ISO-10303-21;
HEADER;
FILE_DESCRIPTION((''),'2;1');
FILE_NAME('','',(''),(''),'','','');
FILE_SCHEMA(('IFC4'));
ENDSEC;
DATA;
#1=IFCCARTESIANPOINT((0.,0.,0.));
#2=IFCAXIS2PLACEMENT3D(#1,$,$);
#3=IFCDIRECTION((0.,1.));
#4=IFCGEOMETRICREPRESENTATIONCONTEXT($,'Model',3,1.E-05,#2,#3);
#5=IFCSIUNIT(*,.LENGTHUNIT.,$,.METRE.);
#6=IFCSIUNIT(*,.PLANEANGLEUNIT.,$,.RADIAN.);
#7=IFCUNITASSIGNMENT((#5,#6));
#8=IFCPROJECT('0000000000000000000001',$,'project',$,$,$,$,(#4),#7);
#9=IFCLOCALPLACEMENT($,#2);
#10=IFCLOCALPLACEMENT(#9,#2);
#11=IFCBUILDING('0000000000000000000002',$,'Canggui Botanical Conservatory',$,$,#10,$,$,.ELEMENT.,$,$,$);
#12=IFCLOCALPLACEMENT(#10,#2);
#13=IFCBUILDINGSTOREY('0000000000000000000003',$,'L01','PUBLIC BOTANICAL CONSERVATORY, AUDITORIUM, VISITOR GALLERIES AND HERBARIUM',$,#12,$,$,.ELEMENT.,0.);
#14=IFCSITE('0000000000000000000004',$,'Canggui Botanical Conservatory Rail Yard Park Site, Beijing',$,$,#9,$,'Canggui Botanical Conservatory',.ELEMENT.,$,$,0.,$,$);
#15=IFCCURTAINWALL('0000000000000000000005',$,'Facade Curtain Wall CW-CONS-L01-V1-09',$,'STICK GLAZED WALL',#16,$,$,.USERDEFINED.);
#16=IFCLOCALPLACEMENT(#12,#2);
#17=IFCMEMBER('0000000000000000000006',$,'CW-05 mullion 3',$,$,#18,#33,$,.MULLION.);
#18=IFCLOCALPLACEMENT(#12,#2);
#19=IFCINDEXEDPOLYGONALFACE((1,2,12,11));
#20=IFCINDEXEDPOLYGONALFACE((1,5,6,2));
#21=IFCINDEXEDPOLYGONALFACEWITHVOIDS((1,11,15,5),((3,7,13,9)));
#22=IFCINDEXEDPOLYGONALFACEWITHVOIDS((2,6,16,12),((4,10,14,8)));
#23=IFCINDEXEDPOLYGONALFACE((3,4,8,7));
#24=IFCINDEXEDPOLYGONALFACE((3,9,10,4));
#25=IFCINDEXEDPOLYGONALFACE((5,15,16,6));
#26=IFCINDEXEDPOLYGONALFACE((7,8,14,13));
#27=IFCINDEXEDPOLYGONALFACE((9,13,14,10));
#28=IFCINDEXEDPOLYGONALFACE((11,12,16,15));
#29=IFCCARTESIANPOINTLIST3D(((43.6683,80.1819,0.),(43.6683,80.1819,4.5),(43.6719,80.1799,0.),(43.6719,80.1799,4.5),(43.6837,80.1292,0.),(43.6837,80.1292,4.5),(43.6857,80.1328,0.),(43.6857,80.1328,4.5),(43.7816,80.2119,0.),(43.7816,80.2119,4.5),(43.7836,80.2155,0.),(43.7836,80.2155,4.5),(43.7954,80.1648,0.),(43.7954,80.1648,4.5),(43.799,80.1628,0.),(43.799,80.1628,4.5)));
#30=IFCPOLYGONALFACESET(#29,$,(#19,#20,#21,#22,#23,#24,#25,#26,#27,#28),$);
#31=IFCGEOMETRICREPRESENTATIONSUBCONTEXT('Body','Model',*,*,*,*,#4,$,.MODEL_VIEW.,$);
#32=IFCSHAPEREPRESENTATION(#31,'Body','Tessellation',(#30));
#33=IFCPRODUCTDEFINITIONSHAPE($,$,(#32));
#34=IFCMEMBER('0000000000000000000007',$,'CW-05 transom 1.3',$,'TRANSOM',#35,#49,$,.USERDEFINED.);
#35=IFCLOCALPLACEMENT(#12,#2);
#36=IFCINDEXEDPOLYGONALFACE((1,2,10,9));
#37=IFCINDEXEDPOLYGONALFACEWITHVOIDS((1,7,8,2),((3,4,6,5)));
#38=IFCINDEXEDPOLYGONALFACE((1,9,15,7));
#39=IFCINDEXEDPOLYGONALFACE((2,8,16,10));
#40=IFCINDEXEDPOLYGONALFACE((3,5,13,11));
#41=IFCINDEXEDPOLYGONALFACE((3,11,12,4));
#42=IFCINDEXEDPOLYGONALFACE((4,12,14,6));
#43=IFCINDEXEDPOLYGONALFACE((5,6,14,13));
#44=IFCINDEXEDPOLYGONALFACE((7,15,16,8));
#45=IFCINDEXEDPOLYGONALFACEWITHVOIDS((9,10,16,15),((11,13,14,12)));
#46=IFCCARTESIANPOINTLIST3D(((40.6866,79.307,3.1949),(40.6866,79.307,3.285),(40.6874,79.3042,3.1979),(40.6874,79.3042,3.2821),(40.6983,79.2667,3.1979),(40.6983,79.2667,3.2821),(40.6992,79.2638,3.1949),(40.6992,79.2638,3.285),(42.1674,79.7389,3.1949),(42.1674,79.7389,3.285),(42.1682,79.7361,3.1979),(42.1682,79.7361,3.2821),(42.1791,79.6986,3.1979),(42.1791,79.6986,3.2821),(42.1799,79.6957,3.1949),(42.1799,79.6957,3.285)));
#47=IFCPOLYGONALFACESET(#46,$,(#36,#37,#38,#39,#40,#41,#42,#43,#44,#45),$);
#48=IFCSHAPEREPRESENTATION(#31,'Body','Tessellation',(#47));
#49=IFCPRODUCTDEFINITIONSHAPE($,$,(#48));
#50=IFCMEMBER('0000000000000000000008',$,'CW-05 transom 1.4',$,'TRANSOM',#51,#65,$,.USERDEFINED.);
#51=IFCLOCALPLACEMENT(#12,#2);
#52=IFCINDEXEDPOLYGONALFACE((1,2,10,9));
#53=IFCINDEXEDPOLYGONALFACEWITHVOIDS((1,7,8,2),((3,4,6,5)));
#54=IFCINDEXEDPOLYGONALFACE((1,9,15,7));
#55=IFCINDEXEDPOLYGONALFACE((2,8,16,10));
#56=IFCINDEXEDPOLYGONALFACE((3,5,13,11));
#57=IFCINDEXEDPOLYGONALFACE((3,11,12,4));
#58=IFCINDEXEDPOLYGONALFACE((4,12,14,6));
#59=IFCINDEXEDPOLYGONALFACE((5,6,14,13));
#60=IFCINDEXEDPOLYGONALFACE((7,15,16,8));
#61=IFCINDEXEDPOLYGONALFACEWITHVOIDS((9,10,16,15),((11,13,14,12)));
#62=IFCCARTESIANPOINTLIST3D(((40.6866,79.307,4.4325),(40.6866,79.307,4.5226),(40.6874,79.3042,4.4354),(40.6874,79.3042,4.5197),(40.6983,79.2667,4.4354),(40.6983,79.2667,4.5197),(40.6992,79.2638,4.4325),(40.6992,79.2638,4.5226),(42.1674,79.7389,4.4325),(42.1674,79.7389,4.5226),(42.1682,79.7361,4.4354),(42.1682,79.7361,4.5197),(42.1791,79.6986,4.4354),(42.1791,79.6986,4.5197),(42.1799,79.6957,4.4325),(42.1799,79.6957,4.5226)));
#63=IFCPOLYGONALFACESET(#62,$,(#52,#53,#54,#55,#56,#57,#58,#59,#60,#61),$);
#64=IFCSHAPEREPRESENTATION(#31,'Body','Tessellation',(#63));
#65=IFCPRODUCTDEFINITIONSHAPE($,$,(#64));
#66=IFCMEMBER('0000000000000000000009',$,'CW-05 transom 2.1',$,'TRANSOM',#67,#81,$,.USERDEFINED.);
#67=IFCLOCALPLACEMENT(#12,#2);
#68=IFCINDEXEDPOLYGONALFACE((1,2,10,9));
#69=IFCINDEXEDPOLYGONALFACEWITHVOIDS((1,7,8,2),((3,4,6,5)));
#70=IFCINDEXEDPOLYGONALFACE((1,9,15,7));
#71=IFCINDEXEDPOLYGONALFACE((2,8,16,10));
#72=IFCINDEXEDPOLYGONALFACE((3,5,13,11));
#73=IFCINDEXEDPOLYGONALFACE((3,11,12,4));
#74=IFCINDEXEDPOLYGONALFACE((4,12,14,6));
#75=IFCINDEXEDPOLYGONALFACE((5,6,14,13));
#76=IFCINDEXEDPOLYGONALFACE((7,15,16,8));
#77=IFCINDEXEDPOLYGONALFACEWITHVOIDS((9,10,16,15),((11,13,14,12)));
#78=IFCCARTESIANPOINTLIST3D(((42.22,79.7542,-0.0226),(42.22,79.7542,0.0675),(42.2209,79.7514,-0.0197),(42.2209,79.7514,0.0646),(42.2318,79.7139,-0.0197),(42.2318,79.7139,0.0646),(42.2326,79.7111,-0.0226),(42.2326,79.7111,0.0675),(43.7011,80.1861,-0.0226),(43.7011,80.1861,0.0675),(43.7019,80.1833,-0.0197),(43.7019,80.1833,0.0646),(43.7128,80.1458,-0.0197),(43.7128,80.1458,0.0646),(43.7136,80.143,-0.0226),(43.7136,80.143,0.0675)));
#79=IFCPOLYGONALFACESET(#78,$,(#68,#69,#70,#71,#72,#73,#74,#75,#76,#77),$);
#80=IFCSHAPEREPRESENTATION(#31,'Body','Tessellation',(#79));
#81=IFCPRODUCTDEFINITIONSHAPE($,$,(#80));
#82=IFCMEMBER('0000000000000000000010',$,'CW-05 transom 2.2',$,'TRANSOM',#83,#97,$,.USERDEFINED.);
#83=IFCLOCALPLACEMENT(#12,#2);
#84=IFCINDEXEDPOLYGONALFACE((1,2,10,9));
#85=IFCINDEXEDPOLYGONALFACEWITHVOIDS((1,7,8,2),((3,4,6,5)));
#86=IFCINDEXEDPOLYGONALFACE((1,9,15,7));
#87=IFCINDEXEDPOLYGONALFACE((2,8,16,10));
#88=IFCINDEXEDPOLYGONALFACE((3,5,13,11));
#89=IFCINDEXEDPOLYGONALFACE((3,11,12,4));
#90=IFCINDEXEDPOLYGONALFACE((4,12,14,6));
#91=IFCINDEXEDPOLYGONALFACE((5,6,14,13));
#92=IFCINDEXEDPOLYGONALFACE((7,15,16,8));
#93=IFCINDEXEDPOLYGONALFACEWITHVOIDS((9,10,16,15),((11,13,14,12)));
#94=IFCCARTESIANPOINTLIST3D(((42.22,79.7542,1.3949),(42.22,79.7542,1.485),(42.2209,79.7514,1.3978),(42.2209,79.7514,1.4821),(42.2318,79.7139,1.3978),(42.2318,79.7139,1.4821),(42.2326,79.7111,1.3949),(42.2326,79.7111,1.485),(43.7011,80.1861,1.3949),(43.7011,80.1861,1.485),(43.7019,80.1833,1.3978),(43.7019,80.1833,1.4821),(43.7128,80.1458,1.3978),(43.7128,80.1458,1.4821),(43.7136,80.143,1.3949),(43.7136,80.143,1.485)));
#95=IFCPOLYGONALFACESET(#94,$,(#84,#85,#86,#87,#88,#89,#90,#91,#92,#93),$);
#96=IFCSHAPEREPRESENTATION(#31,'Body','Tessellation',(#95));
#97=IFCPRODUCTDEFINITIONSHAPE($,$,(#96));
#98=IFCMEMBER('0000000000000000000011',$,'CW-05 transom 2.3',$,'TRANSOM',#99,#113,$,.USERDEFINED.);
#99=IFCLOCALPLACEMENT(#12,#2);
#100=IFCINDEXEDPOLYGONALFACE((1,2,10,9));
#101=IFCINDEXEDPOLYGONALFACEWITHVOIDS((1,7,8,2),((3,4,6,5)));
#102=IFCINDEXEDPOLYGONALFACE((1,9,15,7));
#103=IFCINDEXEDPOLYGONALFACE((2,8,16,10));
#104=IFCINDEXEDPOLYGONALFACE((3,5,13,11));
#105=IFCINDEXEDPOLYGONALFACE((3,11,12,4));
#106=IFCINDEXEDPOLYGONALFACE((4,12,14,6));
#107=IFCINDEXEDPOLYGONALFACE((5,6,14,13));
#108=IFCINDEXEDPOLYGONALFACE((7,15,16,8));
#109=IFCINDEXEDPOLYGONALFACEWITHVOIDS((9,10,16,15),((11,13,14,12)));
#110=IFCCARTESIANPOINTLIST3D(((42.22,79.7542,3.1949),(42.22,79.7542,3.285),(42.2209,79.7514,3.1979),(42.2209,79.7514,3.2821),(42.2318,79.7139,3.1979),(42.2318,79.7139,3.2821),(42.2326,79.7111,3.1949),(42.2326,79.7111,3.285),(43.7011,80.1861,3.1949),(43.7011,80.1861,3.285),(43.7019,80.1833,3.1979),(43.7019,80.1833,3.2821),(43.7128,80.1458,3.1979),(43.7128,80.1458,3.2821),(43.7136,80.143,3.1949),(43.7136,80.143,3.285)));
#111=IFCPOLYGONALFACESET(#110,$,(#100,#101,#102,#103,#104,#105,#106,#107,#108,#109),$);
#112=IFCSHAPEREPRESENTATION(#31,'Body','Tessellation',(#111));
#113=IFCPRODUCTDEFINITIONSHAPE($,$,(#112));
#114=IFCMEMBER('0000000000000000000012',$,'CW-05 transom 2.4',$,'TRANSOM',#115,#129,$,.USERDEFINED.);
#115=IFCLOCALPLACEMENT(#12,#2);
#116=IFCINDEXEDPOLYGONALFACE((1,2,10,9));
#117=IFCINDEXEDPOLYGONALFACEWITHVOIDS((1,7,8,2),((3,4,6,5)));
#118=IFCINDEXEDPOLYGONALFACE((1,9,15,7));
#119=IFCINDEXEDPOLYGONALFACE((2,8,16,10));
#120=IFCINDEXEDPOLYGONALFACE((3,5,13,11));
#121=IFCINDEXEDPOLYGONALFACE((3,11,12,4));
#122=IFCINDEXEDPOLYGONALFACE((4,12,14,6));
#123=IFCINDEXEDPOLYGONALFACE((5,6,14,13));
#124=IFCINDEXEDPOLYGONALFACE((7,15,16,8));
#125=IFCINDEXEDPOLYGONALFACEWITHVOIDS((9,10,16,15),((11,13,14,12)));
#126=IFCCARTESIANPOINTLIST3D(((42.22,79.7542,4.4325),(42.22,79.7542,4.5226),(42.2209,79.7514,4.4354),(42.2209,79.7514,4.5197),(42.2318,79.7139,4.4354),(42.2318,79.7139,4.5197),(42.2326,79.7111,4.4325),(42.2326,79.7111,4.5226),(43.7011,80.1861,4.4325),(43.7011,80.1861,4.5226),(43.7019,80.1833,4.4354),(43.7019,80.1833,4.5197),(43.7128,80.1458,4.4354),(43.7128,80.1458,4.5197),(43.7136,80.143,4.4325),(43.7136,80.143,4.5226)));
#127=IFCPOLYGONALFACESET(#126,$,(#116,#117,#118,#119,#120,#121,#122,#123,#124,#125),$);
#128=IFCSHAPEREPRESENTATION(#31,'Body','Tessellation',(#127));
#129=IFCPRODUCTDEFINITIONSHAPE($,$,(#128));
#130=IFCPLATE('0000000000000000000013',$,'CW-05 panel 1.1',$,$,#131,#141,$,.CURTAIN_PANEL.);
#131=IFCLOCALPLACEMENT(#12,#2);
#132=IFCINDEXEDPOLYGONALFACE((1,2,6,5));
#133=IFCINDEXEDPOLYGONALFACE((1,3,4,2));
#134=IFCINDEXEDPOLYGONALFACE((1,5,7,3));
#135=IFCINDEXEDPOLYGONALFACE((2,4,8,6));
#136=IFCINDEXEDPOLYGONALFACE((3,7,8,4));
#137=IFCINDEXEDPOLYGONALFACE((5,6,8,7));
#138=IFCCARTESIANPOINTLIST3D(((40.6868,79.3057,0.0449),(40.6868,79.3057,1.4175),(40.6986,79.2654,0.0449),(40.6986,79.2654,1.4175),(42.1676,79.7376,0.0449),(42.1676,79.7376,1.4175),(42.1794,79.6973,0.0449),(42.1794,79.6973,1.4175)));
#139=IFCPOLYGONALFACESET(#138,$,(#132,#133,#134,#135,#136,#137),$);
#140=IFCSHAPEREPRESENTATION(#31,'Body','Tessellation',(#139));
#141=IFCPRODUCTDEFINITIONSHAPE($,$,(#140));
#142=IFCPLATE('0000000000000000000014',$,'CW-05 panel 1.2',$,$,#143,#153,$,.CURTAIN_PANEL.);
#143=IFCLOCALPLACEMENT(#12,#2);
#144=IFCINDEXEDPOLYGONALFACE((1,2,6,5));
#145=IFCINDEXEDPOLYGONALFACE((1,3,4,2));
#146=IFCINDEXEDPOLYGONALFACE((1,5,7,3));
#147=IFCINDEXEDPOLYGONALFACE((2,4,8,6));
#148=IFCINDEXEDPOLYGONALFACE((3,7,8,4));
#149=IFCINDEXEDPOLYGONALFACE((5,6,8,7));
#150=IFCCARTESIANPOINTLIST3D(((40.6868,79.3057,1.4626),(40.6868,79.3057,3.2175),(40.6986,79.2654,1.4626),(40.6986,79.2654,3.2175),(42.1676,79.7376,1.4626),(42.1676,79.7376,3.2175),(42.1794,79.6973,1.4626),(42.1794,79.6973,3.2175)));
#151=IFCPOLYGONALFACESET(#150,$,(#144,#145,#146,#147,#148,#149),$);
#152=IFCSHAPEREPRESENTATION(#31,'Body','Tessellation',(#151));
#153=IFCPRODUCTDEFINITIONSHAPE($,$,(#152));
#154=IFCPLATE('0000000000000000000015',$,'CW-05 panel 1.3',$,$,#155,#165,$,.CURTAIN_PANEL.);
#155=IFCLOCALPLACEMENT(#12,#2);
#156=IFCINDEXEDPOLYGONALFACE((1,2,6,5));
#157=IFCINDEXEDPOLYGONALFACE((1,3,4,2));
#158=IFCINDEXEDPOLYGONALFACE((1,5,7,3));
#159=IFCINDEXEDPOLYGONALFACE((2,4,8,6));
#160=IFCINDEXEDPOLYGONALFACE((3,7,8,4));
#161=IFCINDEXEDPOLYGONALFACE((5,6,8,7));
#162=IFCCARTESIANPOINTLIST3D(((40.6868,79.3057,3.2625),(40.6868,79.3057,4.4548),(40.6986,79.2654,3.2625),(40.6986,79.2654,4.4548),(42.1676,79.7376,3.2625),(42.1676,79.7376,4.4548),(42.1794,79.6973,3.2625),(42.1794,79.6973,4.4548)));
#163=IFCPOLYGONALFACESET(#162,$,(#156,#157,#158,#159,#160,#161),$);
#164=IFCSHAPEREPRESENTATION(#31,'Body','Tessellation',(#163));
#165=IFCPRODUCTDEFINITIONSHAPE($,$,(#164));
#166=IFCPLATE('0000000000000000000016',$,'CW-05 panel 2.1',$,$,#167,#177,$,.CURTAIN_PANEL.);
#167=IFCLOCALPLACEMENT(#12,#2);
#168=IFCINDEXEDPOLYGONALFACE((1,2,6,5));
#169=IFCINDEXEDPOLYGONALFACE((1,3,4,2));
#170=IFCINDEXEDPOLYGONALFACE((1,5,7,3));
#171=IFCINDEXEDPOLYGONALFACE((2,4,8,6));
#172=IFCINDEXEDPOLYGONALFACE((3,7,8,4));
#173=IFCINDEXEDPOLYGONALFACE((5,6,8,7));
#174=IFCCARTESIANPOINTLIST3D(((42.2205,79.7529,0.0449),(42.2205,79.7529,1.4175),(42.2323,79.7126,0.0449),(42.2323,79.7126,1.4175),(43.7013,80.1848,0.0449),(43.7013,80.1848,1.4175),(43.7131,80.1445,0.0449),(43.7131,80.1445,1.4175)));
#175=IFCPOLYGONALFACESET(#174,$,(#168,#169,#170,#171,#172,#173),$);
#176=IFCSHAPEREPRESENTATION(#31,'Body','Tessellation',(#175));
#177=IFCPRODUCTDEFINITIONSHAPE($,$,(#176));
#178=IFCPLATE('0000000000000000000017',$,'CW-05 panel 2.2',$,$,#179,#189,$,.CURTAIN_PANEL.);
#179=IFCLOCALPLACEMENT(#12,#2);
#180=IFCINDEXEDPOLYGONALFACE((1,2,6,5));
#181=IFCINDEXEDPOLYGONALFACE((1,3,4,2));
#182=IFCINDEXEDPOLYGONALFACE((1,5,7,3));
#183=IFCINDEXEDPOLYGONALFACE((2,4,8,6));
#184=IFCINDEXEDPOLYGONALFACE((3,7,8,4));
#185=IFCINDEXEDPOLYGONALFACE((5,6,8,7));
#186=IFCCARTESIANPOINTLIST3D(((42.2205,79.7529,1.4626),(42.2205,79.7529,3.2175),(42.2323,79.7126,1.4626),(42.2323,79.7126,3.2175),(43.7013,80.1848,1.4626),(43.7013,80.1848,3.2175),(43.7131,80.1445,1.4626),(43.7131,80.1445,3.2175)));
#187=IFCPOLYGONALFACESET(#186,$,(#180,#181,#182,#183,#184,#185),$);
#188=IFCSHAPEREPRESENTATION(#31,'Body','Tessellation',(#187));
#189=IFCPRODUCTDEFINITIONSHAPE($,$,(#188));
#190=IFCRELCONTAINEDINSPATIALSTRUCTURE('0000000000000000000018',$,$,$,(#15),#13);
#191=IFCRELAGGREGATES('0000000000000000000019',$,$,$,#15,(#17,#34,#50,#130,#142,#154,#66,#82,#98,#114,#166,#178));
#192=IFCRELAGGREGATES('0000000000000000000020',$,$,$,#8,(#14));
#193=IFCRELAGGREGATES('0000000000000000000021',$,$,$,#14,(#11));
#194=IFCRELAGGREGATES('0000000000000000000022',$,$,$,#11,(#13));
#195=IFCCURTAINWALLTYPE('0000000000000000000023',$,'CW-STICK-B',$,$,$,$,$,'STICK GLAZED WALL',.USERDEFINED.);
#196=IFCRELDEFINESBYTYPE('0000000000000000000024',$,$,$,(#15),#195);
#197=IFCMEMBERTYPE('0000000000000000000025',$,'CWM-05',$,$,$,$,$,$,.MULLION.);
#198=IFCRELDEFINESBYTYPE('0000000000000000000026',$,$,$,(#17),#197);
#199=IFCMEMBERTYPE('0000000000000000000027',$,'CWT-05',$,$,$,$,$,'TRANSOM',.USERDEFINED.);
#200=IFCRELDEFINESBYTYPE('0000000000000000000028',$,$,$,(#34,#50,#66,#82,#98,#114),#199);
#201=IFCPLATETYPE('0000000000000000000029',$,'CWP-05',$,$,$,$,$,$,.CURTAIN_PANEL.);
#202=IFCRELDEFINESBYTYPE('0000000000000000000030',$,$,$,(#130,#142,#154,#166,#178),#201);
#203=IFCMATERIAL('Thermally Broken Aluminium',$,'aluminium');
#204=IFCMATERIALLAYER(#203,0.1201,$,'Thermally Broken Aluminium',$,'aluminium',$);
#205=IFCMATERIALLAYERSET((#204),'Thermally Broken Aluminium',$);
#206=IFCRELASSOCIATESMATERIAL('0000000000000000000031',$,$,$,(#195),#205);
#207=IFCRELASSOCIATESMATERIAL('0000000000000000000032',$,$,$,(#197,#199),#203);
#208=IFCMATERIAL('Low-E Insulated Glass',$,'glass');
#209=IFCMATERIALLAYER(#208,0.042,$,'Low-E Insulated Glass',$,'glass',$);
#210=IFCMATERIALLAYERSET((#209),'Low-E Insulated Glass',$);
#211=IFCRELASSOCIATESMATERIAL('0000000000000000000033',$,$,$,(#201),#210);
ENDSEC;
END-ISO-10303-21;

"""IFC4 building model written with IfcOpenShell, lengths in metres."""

from ifc_helpers import new_model, si_unit, direction, frame, origin, origin_2d, place, context, subcontext, project, spatial, rectangle, hollow_rectangle, extrude, material, layer, layer_set, material_profile, profile_set, type_object, element, aggregate, save


model = new_model("IFC4")

# Units and contexts
model_context = context("Model", 3, precision=1e-05, world=origin(), true_north=direction((0.0, 1.0)))
body_context = subcontext(model_context, "Body", "Model", "MODEL_VIEW")
ifc_project = project(units=[si_unit("LENGTHUNIT", "METRE"), si_unit("PLANEANGLEUNIT", "RADIAN")], contexts=[model_context])

# Site, building, storey
site_placement = place(None, origin())
site = spatial("IfcSite", under=ifc_project, at=site_placement, Name="Canggui Botanical Conservatory Rail Yard Park Site, Beijing", LongName="Canggui Botanical Conservatory", CompositionType="ELEMENT", RefElevation=0.0)
building_placement = place(site_placement, origin())
building = spatial("IfcBuilding", under=site, at=building_placement, Name="Canggui Botanical Conservatory", CompositionType="ELEMENT")
storey_placement = place(building_placement, origin())
storey = spatial("IfcBuildingStorey", under=building, at=storey_placement, Name="L01", Description="PUBLIC BOTANICAL CONSERVATORY, AUDITORIUM, VISITOR GALLERIES AND HERBARIUM", CompositionType="ELEMENT", Elevation=0.0)

# Curtain wall, members, plates
ifc_material_1 = material(Name="Thermally Broken Aluminium", Category="aluminium")
ifc_layer_1 = layer(ifc_material_1, 0.1201, Name="Thermally Broken Aluminium", Category="aluminium")
ifc_layer_set_1 = layer_set([ifc_layer_1], Name="Thermally Broken Aluminium")
curtain_wall_type = type_object("IfcCurtainWallType", Name="CW-STICK-B", ElementType="STICK GLAZED WALL", PredefinedType="USERDEFINED", material=ifc_layer_set_1)
curtain_wall_placement = place(storey_placement, origin())
curtain_wall = element("IfcCurtainWall", 1, at=curtain_wall_placement, inside=storey, type_object=curtain_wall_type, Name="Facade Curtain Wall CW-CONS-L01-V1-09", ObjectType="STICK GLAZED WALL", PredefinedType="USERDEFINED")
ifc_material_profile_1 = material_profile(ifc_material_1, hollow_rectangle(XDim=0.0549, YDim=0.1201, WallThickness=0.0029, at=origin_2d()), Name="CWM 55x120x3")
ifc_profile_set_1 = profile_set([ifc_material_profile_1], Name="Thermally Broken Aluminium")
member_type_1 = type_object("IfcMemberType", Name="CWM-05", PredefinedType="MULLION", material=ifc_profile_set_1)
member_1_placement = place(storey_placement, frame((43.7336, 80.1724, 0.0), z_axis=(0.0, 0.0, 1.0), x_axis=(-0.28, 0.96, 0.0)))
member_1 = element("IfcMember", 2, at=member_1_placement, type_object=member_type_1, Name="CW-05 mullion 3", PredefinedType="MULLION", context=body_context, shape_type="SweptSolid", body=[
    extrude(hollow_rectangle(XDim=0.0549, YDim=0.1201, WallThickness=0.0029, at=origin_2d()), origin(), (0.0, 0.0, 1.0), 4.5),
])
ifc_material_profile_2 = material_profile(ifc_material_1, hollow_rectangle(XDim=0.0449, YDim=0.0901, WallThickness=0.0029, at=origin_2d()), Name="CWT 45x90x3")
ifc_profile_set_2 = profile_set([ifc_material_profile_2], Name="Thermally Broken Aluminium")
member_type_2 = type_object("IfcMemberType", Name="CWT-05", ElementType="TRANSOM", PredefinedType="USERDEFINED", material=ifc_profile_set_2)
member_2_placement = place(storey_placement, frame((40.6929, 79.2854, 3.24), z_axis=(0.959998, 0.280006, 0.0), x_axis=(-0.280006, 0.959998, 0.0)))
member_2 = element("IfcMember", 3, at=member_2_placement, type_object=member_type_2, Name="CW-05 transom 1.3", ObjectType="TRANSOM", PredefinedType="USERDEFINED", context=body_context, shape_type="SweptSolid", body=[
    extrude(hollow_rectangle(XDim=0.0449, YDim=0.0901, WallThickness=0.0029, at=origin_2d()), origin(), (0.0, 0.0, 1.0), 1.5425),
])
member_3_placement = place(storey_placement, frame((40.6929, 79.2854, 4.4775), z_axis=(0.959998, 0.280006, 0.0), x_axis=(-0.280006, 0.959998, 0.0)))
member_3 = element("IfcMember", 4, at=member_3_placement, type_object=member_type_2, Name="CW-05 transom 1.4", ObjectType="TRANSOM", PredefinedType="USERDEFINED", context=body_context, shape_type="SweptSolid", body=[
    extrude(hollow_rectangle(XDim=0.0449, YDim=0.0901, WallThickness=0.0029, at=origin_2d()), origin(), (0.0, 0.0, 1.0), 1.5425),
])
member_4_placement = place(storey_placement, frame((42.2263, 79.7327, 0.0225), z_axis=(0.960011, 0.279964, 0.0), x_axis=(-0.279964, 0.960011, 0.0)))
member_4 = element("IfcMember", 5, at=member_4_placement, type_object=member_type_2, Name="CW-05 transom 2.1", ObjectType="TRANSOM", PredefinedType="USERDEFINED", context=body_context, shape_type="SweptSolid", body=[
    extrude(hollow_rectangle(XDim=0.0449, YDim=0.0901, WallThickness=0.0029, at=origin_2d()), origin(), (0.0, 0.0, 1.0), 1.5427),
])
member_5_placement = place(storey_placement, frame((42.2263, 79.7327, 1.4399), z_axis=(0.960011, 0.279964, 0.0), x_axis=(-0.279964, 0.960011, 0.0)))
member_5 = element("IfcMember", 6, at=member_5_placement, type_object=member_type_2, Name="CW-05 transom 2.2", ObjectType="TRANSOM", PredefinedType="USERDEFINED", context=body_context, shape_type="SweptSolid", body=[
    extrude(hollow_rectangle(XDim=0.0449, YDim=0.0901, WallThickness=0.0029, at=origin_2d()), origin(), (0.0, 0.0, 1.0), 1.5427),
])
member_6_placement = place(storey_placement, frame((42.2263, 79.7327, 3.24), z_axis=(0.960011, 0.279964, 0.0), x_axis=(-0.279964, 0.960011, 0.0)))
member_6 = element("IfcMember", 7, at=member_6_placement, type_object=member_type_2, Name="CW-05 transom 2.3", ObjectType="TRANSOM", PredefinedType="USERDEFINED", context=body_context, shape_type="SweptSolid", body=[
    extrude(hollow_rectangle(XDim=0.0449, YDim=0.0901, WallThickness=0.0029, at=origin_2d()), origin(), (0.0, 0.0, 1.0), 1.5427),
])
member_7_placement = place(storey_placement, frame((42.2263, 79.7327, 4.4775), z_axis=(0.960011, 0.279964, 0.0), x_axis=(-0.279964, 0.960011, 0.0)))
member_7 = element("IfcMember", 8, at=member_7_placement, type_object=member_type_2, Name="CW-05 transom 2.4", ObjectType="TRANSOM", PredefinedType="USERDEFINED", context=body_context, shape_type="SweptSolid", body=[
    extrude(hollow_rectangle(XDim=0.0449, YDim=0.0901, WallThickness=0.0029, at=origin_2d()), origin(), (0.0, 0.0, 1.0), 1.5427),
])
ifc_material_2 = material(Name="Low-E Insulated Glass", Category="glass")
ifc_layer_2 = layer(ifc_material_2, 0.042, Name="Low-E Insulated Glass", Category="glass")
ifc_layer_set_2 = layer_set([ifc_layer_2], Name="Low-E Insulated Glass")
plate_type_1 = type_object("IfcPlateType", Name="CWP-05", PredefinedType="CURTAIN_PANEL", material=ifc_layer_set_2)
plate_1_placement = place(storey_placement, frame((41.4331, 79.5015, 0.0449), z_axis=(0.0, 0.0, 1.0), x_axis=(0.96, 0.28, 0.0)))
plate_1 = element("IfcPlate", 9, at=plate_1_placement, type_object=plate_type_1, Name="CW-05 panel 1.1", PredefinedType="CURTAIN_PANEL", context=body_context, shape_type="SweptSolid", body=[
    extrude(rectangle(XDim=1.5425, YDim=0.042, at=origin_2d()), origin(), (0.0, 0.0, 1.0), 1.3726),
])
plate_2_placement = place(storey_placement, frame((41.4331, 79.5015, 1.4626), z_axis=(0.0, 0.0, 1.0), x_axis=(0.96, 0.28, 0.0)))
plate_2 = element("IfcPlate", 10, at=plate_2_placement, type_object=plate_type_1, Name="CW-05 panel 1.2", PredefinedType="CURTAIN_PANEL", context=body_context, shape_type="SweptSolid", body=[
    extrude(rectangle(XDim=1.5425, YDim=0.042, at=origin_2d()), origin(), (0.0, 0.0, 1.0), 1.7549),
])
plate_3_placement = place(storey_placement, frame((41.4331, 79.5015, 3.2625), z_axis=(0.0, 0.0, 1.0), x_axis=(0.96, 0.28, 0.0)))
plate_3 = element("IfcPlate", 11, at=plate_3_placement, type_object=plate_type_1, Name="CW-05 panel 1.3", PredefinedType="CURTAIN_PANEL", context=body_context, shape_type="SweptSolid", body=[
    extrude(rectangle(XDim=1.5425, YDim=0.042, at=origin_2d()), origin(), (0.0, 0.0, 1.0), 1.1924),
])
plate_4_placement = place(storey_placement, frame((42.9668, 79.9487, 0.0449), z_axis=(0.0, 0.0, 1.0), x_axis=(0.96, 0.28, 0.0)))
plate_4 = element("IfcPlate", 12, at=plate_4_placement, type_object=plate_type_1, Name="CW-05 panel 2.1", PredefinedType="CURTAIN_PANEL", context=body_context, shape_type="SweptSolid", body=[
    extrude(rectangle(XDim=1.5425, YDim=0.042, at=origin_2d()), origin(), (0.0, 0.0, 1.0), 1.3726),
])
plate_5_placement = place(storey_placement, frame((42.9668, 79.9487, 1.4626), z_axis=(0.0, 0.0, 1.0), x_axis=(0.96, 0.28, 0.0)))
plate_5 = element("IfcPlate", 13, at=plate_5_placement, type_object=plate_type_1, Name="CW-05 panel 2.2", PredefinedType="CURTAIN_PANEL", context=body_context, shape_type="SweptSolid", body=[
    extrude(rectangle(XDim=1.5425, YDim=0.042, at=origin_2d()), origin(), (0.0, 0.0, 1.0), 1.7549),
])
aggregate(curtain_wall, [member_1, member_2, member_3, plate_1, plate_2, plate_3, member_4, member_5, member_6, member_7, plate_4, plate_5])

save(model, "model.ifc")
